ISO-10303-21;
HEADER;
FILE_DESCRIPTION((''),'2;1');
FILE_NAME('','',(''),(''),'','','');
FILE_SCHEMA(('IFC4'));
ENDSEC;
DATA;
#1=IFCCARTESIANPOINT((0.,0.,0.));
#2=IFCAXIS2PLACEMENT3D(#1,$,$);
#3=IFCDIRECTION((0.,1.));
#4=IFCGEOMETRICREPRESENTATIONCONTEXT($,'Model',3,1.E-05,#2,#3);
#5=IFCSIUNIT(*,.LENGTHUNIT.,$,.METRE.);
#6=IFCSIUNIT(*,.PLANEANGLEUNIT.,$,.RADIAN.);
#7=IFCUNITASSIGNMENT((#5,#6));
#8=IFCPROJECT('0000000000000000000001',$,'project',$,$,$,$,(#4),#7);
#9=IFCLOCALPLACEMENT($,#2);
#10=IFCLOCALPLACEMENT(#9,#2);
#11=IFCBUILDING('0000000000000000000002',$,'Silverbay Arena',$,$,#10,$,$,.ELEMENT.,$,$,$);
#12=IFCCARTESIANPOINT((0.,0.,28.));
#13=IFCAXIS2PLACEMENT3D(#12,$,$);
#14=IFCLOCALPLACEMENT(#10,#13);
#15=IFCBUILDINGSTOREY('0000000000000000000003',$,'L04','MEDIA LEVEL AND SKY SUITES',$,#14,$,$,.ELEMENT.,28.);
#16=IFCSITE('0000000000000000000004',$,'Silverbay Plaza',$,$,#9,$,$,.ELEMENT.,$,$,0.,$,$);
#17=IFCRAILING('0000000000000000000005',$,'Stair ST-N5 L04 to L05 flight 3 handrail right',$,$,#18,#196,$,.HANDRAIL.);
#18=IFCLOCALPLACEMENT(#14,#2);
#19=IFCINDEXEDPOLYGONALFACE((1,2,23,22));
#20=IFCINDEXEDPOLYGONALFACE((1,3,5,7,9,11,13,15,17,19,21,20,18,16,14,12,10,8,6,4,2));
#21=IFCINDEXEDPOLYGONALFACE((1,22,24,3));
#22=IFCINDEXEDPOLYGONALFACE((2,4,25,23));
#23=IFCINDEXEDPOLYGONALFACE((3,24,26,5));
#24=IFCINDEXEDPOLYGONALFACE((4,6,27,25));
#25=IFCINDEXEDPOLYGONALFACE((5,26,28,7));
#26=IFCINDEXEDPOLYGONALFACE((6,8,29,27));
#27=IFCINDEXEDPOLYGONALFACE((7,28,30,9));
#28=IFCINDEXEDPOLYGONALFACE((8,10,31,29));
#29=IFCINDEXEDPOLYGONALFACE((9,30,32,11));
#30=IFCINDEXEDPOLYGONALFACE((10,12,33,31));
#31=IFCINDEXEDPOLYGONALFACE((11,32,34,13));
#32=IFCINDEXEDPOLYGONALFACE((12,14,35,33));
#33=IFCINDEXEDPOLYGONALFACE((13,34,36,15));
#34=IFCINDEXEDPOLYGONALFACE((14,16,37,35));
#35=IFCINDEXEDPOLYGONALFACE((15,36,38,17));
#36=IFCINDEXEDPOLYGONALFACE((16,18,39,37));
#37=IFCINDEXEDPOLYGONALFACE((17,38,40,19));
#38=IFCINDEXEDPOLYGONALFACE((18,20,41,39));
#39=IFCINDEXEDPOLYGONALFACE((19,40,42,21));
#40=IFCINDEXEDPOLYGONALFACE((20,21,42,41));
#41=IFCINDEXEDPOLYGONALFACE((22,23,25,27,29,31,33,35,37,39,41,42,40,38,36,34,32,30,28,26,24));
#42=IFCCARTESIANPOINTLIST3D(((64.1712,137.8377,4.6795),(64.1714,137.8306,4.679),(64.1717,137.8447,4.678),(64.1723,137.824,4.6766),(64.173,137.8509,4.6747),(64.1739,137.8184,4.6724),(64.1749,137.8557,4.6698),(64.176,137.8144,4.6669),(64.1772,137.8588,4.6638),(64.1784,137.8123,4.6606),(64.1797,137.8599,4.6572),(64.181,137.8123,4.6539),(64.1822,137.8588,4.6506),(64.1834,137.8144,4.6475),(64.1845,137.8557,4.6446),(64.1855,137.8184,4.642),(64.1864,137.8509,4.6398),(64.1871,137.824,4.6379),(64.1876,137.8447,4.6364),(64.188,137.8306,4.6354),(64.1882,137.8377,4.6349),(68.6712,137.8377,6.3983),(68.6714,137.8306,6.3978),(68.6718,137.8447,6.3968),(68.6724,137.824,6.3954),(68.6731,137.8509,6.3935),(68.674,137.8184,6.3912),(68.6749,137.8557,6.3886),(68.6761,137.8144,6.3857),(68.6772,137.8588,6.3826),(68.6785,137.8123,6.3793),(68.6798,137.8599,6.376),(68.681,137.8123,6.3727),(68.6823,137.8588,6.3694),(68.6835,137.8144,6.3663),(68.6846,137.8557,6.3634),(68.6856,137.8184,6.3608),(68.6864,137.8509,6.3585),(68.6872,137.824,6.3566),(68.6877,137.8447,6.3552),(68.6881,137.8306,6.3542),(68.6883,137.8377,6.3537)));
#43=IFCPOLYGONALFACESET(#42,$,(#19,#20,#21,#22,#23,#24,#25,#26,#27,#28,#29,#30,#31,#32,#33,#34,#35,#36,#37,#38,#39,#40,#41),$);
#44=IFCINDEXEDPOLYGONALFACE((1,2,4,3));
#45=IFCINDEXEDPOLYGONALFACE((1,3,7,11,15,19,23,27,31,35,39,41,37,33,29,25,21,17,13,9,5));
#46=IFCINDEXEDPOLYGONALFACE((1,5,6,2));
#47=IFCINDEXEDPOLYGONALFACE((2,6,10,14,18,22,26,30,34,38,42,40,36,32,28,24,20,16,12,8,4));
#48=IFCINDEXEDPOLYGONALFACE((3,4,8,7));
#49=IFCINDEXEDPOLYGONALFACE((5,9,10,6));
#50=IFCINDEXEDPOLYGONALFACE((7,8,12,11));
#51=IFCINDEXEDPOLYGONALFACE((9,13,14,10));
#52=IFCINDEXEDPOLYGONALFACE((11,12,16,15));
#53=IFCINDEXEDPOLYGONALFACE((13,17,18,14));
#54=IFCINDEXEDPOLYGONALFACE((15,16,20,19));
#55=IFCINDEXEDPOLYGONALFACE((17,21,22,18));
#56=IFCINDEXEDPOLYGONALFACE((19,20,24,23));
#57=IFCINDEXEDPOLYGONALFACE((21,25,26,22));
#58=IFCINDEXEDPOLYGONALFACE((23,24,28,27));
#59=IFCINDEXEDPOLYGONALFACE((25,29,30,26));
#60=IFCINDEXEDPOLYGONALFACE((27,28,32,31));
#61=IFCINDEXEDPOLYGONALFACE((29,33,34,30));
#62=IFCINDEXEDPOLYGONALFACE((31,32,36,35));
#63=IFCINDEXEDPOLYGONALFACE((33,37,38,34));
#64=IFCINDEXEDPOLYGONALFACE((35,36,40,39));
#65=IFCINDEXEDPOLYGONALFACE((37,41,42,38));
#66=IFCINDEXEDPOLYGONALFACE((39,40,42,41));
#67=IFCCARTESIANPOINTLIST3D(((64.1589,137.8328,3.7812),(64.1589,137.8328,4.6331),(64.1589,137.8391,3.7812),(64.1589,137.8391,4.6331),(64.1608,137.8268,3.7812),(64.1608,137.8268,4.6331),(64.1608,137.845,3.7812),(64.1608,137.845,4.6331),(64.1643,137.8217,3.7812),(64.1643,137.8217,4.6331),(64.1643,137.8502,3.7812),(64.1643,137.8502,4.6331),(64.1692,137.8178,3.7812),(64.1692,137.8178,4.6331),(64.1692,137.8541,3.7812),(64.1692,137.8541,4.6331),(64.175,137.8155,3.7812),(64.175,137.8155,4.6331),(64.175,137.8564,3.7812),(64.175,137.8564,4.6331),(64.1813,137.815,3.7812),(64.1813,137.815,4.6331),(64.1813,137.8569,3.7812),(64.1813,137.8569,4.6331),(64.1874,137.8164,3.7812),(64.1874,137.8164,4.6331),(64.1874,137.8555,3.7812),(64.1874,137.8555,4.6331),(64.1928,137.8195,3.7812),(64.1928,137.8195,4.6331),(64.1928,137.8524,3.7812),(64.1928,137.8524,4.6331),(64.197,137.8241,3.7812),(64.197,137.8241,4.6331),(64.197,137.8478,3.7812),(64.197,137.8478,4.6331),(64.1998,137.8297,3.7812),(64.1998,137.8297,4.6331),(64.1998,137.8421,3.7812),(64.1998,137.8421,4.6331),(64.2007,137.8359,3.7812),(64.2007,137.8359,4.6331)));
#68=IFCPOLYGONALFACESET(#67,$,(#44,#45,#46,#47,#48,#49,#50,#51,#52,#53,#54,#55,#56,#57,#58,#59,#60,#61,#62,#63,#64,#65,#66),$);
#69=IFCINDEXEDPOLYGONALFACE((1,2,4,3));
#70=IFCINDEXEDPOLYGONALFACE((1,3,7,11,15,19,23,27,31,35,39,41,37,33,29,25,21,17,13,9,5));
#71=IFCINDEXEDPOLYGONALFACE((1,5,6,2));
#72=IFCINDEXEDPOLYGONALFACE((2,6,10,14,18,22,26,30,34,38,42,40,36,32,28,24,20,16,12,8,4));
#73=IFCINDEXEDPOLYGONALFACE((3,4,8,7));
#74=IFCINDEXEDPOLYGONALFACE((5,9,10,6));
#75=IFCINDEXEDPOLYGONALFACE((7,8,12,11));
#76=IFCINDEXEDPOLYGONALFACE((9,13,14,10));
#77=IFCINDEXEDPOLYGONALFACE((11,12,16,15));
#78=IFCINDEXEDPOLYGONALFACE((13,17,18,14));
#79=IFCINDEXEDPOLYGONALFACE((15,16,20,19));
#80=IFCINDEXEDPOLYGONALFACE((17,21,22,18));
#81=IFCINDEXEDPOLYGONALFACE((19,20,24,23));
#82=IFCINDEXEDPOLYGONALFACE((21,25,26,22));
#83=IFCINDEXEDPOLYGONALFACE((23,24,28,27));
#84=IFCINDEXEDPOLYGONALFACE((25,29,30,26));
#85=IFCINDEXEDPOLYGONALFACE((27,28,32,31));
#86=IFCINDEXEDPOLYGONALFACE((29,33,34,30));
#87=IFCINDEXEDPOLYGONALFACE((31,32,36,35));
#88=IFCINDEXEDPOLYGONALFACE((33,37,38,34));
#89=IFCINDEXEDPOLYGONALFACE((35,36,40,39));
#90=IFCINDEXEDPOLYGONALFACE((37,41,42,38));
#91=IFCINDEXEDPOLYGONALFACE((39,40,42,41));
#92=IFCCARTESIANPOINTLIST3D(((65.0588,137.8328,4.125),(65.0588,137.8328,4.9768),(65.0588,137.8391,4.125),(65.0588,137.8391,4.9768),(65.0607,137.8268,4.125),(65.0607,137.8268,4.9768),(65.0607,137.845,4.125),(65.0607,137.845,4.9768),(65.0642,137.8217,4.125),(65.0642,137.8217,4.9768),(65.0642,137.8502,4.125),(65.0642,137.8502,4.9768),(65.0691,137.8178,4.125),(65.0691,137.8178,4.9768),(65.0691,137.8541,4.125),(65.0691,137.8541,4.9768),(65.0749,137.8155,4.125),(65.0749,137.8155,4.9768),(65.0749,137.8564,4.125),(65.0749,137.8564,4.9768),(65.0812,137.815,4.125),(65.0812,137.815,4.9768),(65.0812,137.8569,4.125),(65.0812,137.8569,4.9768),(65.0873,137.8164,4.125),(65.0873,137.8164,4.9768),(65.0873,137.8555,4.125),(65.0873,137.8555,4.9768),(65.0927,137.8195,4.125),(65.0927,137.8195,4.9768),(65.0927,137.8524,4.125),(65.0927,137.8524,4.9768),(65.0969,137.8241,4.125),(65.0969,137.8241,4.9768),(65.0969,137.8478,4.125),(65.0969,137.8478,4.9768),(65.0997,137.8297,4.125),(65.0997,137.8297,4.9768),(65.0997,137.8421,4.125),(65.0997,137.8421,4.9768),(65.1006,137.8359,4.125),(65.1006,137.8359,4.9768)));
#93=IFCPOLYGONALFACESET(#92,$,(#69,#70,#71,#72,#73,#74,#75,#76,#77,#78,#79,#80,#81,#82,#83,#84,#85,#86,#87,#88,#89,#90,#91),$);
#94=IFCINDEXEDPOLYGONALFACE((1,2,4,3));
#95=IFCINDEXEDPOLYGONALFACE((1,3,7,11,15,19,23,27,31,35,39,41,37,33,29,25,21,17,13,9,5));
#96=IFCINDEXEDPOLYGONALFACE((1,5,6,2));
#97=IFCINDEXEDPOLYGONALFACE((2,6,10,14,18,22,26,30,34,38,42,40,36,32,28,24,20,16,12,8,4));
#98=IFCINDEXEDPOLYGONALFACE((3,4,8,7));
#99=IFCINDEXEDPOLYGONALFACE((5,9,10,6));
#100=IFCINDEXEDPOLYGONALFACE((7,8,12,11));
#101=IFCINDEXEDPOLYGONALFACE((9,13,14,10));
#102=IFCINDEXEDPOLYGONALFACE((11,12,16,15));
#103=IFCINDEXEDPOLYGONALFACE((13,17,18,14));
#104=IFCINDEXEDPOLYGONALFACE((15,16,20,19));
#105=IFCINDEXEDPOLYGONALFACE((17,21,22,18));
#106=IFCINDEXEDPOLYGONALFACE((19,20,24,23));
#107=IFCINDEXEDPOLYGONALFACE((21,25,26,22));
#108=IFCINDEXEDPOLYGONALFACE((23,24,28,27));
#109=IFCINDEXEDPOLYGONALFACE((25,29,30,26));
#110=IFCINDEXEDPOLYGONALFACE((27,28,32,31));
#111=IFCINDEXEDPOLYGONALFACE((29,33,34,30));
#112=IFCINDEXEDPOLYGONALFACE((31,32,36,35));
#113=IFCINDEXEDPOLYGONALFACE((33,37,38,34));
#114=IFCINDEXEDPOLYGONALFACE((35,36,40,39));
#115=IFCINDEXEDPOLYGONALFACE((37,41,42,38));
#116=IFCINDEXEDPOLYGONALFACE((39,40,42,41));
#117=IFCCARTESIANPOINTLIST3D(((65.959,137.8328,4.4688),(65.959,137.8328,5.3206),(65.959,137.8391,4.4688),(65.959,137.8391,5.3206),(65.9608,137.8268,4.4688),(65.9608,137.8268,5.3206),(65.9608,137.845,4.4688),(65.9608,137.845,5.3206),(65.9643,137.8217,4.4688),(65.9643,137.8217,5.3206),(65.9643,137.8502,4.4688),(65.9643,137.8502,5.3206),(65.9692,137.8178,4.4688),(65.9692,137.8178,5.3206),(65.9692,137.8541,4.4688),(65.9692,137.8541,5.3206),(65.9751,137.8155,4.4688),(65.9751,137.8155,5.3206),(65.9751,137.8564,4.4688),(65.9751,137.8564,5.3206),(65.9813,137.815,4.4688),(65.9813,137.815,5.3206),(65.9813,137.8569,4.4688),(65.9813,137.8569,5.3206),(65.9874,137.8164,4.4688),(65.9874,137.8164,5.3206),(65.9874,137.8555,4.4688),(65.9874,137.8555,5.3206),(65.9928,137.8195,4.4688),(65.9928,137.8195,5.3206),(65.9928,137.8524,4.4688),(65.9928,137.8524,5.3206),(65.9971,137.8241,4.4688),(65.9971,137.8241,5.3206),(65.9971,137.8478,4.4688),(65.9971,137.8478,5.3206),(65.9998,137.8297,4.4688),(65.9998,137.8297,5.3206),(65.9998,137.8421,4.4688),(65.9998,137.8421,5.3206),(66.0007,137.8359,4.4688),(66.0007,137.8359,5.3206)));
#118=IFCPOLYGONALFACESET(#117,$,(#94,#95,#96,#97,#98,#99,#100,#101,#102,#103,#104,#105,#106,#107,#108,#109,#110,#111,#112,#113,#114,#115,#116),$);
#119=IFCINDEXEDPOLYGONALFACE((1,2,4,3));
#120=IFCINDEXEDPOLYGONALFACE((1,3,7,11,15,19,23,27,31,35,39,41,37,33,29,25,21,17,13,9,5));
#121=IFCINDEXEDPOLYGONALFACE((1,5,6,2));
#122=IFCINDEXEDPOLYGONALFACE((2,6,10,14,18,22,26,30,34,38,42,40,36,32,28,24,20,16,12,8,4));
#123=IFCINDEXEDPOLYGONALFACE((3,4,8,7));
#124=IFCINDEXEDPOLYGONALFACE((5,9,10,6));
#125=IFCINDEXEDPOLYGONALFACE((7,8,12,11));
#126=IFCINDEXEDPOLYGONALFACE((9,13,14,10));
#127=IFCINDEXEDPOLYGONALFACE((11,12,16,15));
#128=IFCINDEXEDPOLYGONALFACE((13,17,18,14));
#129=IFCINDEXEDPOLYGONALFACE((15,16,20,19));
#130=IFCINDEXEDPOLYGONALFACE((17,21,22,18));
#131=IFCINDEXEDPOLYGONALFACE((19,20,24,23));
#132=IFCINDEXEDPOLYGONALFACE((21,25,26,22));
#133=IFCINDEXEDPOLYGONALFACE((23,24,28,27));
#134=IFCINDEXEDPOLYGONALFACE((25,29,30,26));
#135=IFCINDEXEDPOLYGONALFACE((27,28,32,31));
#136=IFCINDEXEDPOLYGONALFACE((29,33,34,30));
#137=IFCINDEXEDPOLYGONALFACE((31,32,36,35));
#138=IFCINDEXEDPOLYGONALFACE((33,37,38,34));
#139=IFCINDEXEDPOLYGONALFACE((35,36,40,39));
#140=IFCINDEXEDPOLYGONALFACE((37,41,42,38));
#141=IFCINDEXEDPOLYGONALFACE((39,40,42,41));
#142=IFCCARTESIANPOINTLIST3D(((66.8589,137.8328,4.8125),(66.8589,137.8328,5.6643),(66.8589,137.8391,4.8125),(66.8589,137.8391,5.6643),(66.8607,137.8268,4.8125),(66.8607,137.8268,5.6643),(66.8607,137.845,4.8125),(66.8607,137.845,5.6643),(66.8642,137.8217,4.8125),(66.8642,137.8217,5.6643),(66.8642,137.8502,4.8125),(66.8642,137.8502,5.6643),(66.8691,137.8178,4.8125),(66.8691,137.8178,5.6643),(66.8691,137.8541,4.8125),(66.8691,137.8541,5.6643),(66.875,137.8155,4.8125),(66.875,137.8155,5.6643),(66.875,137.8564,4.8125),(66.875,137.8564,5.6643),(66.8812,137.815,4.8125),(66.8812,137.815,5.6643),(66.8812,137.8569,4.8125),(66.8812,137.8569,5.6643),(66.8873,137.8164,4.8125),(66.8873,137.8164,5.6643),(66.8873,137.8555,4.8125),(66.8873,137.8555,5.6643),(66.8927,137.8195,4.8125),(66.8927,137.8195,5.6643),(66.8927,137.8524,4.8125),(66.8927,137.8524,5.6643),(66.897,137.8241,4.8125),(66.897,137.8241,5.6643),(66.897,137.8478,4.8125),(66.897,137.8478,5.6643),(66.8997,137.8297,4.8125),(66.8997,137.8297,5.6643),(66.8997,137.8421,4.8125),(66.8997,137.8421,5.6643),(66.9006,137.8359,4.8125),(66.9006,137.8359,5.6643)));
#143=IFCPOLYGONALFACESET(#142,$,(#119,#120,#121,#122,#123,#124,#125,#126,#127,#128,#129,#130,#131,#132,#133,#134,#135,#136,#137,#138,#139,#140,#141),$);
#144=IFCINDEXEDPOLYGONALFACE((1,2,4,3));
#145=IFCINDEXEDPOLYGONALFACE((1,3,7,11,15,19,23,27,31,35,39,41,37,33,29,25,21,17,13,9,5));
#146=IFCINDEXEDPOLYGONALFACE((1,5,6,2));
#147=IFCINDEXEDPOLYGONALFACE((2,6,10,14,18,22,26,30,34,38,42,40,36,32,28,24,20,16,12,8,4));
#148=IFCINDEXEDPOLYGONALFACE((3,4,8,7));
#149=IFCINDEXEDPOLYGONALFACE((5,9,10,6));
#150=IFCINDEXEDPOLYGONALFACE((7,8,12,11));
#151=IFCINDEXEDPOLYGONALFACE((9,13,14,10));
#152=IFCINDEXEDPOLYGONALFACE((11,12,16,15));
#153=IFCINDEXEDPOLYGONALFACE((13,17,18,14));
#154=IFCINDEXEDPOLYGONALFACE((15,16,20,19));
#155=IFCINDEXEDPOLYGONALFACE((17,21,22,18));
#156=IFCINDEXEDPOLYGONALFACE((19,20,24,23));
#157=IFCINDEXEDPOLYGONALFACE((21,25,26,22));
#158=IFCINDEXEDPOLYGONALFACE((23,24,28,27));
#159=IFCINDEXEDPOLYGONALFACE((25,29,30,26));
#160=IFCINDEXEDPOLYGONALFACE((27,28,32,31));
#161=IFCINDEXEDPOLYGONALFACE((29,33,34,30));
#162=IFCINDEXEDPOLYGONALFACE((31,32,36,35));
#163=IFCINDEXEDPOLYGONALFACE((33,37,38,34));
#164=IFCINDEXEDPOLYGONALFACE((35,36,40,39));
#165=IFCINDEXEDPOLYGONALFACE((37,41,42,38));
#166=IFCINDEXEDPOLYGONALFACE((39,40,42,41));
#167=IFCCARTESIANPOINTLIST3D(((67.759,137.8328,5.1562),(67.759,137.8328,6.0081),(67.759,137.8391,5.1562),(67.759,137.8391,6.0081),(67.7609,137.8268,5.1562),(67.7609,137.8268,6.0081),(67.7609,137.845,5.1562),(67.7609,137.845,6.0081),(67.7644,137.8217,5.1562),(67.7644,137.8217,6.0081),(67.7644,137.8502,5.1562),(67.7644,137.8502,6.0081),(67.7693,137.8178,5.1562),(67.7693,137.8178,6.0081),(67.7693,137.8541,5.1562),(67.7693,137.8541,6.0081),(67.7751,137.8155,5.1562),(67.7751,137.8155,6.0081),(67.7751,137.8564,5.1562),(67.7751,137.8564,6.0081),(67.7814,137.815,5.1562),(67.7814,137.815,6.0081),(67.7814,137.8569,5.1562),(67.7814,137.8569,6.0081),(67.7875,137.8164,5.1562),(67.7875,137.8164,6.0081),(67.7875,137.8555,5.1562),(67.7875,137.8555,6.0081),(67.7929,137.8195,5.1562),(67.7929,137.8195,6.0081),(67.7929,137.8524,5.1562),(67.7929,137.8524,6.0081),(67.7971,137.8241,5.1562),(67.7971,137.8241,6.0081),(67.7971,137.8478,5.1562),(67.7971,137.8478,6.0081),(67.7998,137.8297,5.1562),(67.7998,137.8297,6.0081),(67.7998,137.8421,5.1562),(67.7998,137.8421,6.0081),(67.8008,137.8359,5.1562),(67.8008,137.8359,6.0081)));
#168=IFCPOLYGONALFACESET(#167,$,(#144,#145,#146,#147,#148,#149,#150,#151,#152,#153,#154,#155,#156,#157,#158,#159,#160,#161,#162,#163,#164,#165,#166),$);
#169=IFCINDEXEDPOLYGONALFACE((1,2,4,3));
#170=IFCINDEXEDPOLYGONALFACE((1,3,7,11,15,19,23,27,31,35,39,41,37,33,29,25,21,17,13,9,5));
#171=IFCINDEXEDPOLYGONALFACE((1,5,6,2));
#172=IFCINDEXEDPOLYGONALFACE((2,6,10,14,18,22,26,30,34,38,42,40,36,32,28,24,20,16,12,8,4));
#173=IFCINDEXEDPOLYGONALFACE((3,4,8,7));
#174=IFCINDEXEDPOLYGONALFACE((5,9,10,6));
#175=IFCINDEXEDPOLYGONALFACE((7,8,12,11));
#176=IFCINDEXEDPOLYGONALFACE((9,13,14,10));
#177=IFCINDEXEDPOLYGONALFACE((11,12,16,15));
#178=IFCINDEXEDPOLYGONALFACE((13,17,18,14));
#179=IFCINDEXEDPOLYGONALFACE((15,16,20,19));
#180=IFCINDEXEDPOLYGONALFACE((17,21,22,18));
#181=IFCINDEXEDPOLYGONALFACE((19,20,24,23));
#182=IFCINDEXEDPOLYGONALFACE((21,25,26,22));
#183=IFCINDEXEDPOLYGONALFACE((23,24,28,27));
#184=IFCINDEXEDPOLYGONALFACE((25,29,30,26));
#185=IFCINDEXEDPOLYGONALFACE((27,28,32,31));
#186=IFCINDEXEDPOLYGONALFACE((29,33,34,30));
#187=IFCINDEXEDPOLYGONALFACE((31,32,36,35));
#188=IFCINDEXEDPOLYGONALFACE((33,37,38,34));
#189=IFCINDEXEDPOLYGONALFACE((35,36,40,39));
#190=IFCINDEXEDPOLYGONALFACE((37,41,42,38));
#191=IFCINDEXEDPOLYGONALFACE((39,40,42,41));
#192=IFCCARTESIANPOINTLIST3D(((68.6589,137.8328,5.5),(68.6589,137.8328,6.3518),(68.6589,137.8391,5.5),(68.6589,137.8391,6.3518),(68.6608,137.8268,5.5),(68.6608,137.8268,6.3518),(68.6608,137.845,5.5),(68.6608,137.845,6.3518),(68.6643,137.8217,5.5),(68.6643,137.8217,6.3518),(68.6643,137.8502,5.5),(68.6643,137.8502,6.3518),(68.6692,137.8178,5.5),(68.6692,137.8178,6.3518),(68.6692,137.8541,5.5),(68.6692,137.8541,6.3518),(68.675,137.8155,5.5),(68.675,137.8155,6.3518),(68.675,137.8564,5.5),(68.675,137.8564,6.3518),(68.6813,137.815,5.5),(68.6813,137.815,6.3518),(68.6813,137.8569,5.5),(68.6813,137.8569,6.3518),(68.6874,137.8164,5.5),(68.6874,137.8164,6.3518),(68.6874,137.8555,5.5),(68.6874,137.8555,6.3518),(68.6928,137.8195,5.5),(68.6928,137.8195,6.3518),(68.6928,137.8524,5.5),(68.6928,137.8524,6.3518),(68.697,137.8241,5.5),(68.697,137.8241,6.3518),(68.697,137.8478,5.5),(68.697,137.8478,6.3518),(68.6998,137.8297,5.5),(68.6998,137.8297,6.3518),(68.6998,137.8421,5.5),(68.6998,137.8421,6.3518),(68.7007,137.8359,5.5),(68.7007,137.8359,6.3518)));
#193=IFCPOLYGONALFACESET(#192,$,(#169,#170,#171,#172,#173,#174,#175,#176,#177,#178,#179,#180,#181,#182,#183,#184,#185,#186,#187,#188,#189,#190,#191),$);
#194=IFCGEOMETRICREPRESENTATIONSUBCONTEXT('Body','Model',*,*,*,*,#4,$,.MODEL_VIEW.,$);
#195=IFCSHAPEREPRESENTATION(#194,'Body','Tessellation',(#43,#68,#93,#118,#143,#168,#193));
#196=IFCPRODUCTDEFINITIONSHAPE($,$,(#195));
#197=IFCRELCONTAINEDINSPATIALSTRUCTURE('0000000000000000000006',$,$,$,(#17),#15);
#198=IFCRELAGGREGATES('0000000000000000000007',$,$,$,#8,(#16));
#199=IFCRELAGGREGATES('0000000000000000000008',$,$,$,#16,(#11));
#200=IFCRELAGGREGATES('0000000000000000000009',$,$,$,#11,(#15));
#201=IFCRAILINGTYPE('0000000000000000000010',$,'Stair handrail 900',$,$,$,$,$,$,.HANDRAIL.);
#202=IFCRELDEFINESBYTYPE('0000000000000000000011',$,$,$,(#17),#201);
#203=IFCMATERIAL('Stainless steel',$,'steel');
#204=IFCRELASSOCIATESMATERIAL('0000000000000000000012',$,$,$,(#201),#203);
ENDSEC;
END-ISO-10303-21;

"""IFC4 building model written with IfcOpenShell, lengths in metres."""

from ifc_helpers import new_model, si_unit, direction, frame, origin, origin_2d, place, context, subcontext, project, spatial, circle, extrude, material, type_object, element, save


model = new_model("IFC4")

# Units and contexts
model_context = context("Model", 3, precision=1e-05, world=origin(), true_north=direction((0.0, 1.0)))
body_context = subcontext(model_context, "Body", "Model", "MODEL_VIEW")
ifc_project = project(units=[si_unit("LENGTHUNIT", "METRE"), si_unit("PLANEANGLEUNIT", "RADIAN")], contexts=[model_context])

# Site, building, storey
site_placement = place(None, origin())
site = spatial("IfcSite", under=ifc_project, at=site_placement, Name="Silverbay Plaza", CompositionType="ELEMENT", RefElevation=0.0)
building_placement = place(site_placement, origin())
building = spatial("IfcBuilding", under=site, at=building_placement, Name="Silverbay Arena", CompositionType="ELEMENT")
storey_placement = place(building_placement, frame((0.0, 0.0, 28.0)))
storey = spatial("IfcBuildingStorey", under=building, at=storey_placement, Name="L04", Description="MEDIA LEVEL AND SKY SUITES", CompositionType="ELEMENT", Elevation=28.0)

# Railing
ifc_material_1 = material(Name="Stainless steel", Category="steel")
railing_type_1 = type_object("IfcRailingType", Name="Stair handrail 900", PredefinedType="HANDRAIL", material=ifc_material_1)
for number, where, name in (
    (1, (64.1797, 137.8359, 3.7812), "Stair ST-N5 L04 to L05 flight 3 handrail right"),
):
    element("IfcRailing", number, at=place(storey_placement, frame(where)), inside=storey, type_object=railing_type_1, Name=name, PredefinedType="HANDRAIL", context=body_context, shape_type="SweptSolid", body=[
        extrude(circle(Radius=0.0239, at=origin_2d()), frame((0.0, 0.0, 0.876), z_axis=(0.934179, 0.0, 0.356805), x_axis=(0.0, 1.0, 0.0)), (0.0, 0.0, 1.0), 4.8171),
        extrude(circle(Radius=0.021, at=origin_2d()), origin(), (0.0, 0.0, 1.0), 0.8518),
        extrude(circle(Radius=0.021, at=origin_2d()), frame((0.8999, 0.0, 0.3438)), (0.0, 0.0, 1.0), 0.8518),
        extrude(circle(Radius=0.021, at=origin_2d()), frame((1.8, 0.0, 0.6875)), (0.0, 0.0, 1.0), 0.8518),
        extrude(circle(Radius=0.021, at=origin_2d()), frame((2.7, 0.0, 1.0312)), (0.0, 0.0, 1.0), 0.8518),
        extrude(circle(Radius=0.021, at=origin_2d()), frame((3.6001, 0.0, 1.375)), (0.0, 0.0, 1.0), 0.8518),
        extrude(circle(Radius=0.021, at=origin_2d()), frame((4.5, 0.0, 1.7188)), (0.0, 0.0, 1.0), 0.8518),
    ])

save(model, "model.ifc")
